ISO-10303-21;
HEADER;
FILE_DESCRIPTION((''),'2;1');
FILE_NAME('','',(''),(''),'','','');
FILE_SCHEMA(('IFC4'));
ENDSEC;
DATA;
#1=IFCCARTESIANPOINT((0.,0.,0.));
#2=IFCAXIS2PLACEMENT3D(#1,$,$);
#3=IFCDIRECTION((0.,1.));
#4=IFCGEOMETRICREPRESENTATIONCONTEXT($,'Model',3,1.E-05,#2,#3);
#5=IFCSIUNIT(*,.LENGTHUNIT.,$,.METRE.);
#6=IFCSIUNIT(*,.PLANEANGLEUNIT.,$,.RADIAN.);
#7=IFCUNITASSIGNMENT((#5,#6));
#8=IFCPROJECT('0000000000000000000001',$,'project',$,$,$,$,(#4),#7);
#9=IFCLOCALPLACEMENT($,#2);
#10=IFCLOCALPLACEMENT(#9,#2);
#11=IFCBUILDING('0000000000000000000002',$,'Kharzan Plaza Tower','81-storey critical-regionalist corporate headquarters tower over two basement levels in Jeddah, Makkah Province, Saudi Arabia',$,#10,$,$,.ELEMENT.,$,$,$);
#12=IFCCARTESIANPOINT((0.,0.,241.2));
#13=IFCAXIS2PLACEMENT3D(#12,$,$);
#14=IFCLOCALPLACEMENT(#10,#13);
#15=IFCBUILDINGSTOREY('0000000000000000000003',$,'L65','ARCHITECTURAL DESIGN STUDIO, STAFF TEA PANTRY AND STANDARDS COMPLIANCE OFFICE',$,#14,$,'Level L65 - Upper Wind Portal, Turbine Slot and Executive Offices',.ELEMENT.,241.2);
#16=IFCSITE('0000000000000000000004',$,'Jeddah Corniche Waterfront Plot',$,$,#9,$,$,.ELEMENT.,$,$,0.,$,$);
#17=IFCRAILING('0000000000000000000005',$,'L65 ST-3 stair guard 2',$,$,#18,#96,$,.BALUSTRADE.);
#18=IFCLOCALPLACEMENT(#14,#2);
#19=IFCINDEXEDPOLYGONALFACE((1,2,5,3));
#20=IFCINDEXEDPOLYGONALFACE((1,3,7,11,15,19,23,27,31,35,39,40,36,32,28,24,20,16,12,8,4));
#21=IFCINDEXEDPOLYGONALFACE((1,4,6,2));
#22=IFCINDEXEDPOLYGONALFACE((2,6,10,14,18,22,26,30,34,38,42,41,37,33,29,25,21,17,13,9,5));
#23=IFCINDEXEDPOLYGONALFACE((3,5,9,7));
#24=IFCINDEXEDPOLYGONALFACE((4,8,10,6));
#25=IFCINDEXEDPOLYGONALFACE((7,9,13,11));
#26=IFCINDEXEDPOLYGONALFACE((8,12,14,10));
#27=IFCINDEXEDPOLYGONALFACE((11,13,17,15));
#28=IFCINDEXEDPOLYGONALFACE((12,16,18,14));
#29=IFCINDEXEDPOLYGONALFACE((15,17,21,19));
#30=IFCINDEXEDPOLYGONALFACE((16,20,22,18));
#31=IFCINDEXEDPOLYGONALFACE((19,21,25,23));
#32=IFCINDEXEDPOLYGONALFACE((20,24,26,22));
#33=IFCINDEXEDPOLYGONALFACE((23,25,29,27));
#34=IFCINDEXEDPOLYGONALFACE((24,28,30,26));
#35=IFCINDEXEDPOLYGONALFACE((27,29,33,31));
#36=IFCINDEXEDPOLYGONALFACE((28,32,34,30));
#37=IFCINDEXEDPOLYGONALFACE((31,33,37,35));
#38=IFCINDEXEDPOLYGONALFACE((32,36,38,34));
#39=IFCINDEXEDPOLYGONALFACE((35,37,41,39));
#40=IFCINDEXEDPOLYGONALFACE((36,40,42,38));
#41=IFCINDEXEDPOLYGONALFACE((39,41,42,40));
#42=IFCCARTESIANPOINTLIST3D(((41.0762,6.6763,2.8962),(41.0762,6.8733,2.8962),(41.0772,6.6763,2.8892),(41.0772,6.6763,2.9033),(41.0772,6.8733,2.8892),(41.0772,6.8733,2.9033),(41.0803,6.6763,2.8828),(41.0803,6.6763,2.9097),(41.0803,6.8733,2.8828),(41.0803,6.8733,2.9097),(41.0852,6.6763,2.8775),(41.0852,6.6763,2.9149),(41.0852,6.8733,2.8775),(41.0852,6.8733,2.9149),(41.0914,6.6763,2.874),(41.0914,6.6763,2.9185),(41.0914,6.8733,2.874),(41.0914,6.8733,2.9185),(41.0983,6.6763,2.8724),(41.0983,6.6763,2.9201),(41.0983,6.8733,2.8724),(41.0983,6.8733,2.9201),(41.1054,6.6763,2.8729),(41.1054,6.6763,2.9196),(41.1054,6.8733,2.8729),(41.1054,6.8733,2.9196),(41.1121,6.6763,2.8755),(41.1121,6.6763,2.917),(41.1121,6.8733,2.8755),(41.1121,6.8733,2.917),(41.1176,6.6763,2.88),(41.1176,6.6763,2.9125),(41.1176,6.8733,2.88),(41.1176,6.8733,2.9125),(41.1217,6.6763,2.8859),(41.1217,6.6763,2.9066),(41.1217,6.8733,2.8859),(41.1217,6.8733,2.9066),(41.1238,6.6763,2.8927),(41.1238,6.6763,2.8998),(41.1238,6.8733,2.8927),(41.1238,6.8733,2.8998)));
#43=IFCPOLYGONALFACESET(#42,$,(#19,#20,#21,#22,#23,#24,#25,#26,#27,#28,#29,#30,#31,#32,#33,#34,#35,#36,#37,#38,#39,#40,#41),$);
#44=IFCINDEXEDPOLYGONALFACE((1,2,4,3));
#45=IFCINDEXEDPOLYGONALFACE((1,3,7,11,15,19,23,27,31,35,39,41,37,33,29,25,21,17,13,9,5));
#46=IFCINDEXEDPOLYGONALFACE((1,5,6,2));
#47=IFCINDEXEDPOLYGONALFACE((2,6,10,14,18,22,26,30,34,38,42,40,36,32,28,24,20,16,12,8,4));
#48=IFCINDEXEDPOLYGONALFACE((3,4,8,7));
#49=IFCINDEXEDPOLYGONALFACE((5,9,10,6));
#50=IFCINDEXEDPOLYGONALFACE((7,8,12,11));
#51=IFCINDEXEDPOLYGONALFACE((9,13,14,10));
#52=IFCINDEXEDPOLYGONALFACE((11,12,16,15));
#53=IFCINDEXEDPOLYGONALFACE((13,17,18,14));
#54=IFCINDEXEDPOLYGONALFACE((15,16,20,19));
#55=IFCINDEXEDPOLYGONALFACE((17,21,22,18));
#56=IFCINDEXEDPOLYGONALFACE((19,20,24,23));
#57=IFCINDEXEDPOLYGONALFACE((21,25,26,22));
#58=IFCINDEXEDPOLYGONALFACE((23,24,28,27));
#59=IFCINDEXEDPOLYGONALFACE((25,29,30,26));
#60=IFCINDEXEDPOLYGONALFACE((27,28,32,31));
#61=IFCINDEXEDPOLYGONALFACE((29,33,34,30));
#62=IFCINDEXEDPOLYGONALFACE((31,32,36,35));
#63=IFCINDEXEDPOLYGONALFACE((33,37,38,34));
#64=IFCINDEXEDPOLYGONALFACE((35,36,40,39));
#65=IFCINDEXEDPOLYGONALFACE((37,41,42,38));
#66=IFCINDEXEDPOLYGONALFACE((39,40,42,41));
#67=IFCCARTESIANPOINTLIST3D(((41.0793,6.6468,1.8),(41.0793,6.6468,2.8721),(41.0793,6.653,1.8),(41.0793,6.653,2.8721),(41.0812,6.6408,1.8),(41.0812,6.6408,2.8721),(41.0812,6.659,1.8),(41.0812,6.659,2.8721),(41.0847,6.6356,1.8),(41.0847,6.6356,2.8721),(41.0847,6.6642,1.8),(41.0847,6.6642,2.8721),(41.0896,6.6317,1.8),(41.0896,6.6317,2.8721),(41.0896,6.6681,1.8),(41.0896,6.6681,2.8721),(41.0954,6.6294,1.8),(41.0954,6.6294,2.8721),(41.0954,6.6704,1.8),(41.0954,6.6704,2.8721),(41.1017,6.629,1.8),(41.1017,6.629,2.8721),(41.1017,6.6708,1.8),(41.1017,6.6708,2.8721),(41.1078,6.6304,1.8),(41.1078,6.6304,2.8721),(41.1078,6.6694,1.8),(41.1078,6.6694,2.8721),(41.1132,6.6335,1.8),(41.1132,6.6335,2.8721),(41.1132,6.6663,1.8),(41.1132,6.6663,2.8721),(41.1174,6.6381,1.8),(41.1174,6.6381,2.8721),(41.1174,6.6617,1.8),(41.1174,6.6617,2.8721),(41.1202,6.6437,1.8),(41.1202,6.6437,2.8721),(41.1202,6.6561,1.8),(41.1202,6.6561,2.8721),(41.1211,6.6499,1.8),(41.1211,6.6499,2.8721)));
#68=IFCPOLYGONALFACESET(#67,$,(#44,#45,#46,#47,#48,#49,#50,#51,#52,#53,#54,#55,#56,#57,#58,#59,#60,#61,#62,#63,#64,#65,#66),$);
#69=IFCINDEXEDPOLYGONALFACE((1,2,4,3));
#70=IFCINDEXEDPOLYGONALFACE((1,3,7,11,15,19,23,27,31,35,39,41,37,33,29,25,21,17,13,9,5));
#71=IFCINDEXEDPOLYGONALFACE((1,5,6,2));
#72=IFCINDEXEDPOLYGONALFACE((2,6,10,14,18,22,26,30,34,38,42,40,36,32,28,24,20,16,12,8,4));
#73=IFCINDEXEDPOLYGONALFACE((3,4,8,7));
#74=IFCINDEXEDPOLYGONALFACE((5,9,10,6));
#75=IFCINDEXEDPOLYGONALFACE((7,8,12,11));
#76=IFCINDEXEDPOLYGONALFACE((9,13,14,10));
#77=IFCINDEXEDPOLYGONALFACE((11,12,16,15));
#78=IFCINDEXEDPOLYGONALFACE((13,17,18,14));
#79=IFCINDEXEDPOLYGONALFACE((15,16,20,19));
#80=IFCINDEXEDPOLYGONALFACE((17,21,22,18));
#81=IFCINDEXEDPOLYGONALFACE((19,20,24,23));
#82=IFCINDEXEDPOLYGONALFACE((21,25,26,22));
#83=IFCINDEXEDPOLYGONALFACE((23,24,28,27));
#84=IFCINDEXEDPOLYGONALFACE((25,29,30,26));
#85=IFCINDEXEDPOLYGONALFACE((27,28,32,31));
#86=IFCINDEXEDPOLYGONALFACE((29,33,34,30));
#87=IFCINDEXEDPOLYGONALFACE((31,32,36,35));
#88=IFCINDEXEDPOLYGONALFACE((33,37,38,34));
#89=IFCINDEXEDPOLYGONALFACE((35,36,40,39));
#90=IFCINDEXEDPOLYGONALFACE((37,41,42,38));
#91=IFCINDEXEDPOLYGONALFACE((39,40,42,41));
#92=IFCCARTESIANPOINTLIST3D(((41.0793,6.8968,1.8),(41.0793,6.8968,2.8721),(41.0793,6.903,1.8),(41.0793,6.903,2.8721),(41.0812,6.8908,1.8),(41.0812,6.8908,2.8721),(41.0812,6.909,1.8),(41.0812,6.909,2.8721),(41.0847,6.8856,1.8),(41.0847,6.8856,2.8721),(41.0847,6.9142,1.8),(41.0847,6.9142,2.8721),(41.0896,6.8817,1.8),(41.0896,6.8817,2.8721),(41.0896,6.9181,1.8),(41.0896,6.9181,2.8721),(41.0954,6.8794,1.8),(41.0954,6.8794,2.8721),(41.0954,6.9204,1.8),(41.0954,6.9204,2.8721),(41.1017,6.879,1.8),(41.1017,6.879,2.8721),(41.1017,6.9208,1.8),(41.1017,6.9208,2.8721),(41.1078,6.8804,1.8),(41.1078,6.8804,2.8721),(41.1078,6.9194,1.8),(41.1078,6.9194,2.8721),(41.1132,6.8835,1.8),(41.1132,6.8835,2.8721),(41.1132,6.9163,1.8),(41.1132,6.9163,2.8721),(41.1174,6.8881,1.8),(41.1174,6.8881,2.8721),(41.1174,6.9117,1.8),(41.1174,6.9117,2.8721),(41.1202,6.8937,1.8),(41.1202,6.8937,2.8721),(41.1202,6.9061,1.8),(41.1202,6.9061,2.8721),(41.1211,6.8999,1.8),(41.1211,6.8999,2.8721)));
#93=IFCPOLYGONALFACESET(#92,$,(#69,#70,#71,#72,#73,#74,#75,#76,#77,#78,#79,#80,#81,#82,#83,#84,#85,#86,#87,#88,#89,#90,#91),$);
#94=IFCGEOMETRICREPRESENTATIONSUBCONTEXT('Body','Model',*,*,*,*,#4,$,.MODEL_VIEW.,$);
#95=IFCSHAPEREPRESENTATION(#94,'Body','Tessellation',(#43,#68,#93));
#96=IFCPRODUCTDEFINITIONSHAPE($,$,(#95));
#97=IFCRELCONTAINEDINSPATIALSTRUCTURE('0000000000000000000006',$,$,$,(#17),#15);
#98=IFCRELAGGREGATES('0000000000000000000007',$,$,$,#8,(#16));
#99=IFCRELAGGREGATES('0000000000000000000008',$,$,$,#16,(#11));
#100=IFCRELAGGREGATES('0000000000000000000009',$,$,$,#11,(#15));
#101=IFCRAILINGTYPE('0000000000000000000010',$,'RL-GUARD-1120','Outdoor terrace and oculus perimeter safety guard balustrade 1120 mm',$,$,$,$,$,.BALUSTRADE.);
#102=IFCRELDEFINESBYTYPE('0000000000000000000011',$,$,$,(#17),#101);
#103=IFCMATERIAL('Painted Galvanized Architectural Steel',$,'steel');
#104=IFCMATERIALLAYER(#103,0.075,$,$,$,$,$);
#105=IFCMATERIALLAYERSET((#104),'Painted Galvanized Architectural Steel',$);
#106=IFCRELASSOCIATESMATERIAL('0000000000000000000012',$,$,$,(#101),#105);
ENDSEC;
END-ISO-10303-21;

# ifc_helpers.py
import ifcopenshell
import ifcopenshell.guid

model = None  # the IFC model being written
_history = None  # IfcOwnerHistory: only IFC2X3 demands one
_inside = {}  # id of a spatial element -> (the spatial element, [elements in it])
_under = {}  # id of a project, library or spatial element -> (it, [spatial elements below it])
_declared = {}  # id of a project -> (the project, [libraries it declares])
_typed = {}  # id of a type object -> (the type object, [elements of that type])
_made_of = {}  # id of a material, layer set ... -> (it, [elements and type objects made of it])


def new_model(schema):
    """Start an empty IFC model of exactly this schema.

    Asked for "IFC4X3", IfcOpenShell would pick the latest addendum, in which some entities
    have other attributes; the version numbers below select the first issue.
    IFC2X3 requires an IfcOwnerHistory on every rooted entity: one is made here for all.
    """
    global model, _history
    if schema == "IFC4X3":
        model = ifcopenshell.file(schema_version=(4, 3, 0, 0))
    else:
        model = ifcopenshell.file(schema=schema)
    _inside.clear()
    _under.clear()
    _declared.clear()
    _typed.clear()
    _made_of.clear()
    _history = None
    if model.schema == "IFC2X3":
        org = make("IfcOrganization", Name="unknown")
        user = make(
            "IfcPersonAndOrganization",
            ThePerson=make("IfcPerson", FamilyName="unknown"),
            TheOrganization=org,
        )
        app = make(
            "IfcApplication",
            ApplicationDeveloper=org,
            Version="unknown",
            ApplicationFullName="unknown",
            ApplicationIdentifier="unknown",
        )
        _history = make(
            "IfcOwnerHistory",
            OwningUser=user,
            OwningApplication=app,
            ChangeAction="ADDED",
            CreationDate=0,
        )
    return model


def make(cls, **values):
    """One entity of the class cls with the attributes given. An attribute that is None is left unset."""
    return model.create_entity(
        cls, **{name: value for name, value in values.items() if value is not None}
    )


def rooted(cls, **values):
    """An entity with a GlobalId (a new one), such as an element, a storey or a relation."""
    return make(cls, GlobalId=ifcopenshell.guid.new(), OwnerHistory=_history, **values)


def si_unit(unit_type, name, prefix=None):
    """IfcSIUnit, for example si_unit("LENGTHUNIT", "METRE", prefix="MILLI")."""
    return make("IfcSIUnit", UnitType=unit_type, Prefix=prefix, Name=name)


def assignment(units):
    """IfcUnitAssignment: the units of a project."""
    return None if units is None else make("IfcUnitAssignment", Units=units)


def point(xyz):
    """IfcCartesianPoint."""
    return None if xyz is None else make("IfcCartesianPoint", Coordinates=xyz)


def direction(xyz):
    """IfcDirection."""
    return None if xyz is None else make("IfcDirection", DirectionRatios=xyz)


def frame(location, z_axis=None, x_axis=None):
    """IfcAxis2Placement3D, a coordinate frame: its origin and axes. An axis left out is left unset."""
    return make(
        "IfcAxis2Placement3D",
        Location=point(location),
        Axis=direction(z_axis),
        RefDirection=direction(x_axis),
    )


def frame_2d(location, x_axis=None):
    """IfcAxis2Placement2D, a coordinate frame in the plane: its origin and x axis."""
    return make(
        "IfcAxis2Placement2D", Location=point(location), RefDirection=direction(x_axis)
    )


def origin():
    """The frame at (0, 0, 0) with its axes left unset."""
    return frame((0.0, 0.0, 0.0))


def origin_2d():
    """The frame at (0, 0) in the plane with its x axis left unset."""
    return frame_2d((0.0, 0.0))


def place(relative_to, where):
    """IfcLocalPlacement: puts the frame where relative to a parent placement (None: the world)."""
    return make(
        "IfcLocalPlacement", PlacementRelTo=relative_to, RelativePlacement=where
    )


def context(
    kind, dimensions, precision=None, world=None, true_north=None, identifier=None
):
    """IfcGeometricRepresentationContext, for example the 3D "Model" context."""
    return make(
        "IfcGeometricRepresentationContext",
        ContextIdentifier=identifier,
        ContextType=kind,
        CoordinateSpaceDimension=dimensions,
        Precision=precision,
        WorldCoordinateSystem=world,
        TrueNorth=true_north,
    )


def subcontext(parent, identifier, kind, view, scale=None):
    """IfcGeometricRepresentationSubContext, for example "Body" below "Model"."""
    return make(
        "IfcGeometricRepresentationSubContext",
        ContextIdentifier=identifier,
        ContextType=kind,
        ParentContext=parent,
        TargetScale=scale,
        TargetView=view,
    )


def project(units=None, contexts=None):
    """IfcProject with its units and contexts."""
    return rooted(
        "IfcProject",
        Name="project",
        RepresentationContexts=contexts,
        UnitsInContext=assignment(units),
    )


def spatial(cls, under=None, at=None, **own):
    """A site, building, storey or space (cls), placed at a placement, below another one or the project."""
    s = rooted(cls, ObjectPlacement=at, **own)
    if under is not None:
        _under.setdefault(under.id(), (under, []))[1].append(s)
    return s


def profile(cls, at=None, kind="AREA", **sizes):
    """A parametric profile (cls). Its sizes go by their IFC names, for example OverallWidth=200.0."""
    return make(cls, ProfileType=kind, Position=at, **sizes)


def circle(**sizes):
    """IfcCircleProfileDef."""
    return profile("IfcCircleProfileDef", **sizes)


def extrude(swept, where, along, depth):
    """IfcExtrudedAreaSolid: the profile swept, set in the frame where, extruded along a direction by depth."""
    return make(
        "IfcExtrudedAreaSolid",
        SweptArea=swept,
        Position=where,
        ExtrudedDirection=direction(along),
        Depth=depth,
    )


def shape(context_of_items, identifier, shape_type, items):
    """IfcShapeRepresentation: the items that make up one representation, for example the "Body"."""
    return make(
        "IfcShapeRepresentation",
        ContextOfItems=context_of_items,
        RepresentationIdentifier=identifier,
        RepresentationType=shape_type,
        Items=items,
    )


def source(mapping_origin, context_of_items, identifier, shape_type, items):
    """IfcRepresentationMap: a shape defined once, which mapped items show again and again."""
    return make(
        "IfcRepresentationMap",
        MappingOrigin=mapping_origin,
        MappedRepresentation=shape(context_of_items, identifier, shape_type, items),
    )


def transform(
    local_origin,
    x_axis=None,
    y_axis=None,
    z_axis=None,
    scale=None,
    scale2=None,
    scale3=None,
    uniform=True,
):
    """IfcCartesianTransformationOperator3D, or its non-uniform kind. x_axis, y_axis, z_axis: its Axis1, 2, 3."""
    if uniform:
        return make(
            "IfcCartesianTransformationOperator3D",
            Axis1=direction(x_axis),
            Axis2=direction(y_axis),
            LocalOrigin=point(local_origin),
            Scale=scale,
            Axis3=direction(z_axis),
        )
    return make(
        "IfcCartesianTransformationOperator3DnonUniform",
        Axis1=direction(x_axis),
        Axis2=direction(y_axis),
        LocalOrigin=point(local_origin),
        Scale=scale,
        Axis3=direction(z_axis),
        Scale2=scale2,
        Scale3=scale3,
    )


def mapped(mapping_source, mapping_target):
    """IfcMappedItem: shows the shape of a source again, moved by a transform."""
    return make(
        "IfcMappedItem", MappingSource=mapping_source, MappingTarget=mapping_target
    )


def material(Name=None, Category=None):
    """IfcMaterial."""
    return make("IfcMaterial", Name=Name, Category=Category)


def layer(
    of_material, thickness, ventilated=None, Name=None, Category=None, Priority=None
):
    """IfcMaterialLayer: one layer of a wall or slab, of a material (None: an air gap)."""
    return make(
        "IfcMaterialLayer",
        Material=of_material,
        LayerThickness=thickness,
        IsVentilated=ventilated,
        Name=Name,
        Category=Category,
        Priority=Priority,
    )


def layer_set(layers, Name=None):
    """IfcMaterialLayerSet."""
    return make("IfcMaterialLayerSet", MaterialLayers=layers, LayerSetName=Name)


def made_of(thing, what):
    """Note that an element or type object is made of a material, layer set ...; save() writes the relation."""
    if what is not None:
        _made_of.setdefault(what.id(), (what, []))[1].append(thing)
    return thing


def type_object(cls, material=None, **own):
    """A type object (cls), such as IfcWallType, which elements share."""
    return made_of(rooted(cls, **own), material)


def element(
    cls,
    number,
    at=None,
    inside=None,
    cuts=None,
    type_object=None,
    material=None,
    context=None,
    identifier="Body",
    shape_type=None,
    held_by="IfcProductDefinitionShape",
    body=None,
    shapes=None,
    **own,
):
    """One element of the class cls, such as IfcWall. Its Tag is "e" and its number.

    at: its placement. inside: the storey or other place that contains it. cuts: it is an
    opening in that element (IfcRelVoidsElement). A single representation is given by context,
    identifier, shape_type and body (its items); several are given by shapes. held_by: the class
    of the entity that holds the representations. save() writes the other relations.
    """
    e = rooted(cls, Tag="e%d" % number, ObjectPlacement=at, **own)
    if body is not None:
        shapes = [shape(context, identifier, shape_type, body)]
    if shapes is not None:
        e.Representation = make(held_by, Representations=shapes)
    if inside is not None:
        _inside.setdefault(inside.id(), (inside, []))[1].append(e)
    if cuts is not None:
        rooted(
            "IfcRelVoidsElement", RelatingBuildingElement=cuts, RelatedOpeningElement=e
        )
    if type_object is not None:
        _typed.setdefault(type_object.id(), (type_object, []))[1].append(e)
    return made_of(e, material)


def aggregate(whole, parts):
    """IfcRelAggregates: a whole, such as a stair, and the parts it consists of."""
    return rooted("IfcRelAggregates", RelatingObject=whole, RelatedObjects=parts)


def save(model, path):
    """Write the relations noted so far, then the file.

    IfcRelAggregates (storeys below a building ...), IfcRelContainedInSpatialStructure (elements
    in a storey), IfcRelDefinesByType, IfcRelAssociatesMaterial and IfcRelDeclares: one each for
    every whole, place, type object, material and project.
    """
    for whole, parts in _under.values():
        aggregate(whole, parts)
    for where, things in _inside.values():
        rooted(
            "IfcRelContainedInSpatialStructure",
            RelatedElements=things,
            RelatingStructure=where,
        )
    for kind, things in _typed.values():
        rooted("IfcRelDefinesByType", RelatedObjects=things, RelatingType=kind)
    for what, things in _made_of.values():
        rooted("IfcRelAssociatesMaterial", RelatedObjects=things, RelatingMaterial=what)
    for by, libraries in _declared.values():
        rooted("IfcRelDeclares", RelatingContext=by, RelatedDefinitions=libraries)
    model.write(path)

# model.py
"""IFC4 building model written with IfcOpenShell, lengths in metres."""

from ifc_helpers import new_model, si_unit, direction, frame, origin, origin_2d, place, context, subcontext, project, spatial, circle, extrude, source, transform, mapped, material, layer, layer_set, type_object, element, save


model = new_model("IFC4")

# Units and contexts
model_context = context("Model", 3, precision=1e-05, world=origin(), true_north=direction((0.0, 1.0)))
body_context = subcontext(model_context, "Body", "Model", "MODEL_VIEW")
ifc_project = project(units=[si_unit("LENGTHUNIT", "METRE"), si_unit("PLANEANGLEUNIT", "RADIAN")], contexts=[model_context])

# Site, building, storey
site_placement = place(None, origin())
site = spatial("IfcSite", under=ifc_project, at=site_placement, Name="Jeddah Corniche Waterfront Plot", CompositionType="ELEMENT", RefElevation=0.0)
building_placement = place(site_placement, origin())
building = spatial("IfcBuilding", under=site, at=building_placement, Name="Kharzan Plaza Tower", Description="81-storey critical-regionalist corporate headquarters tower over two basement levels in Jeddah, Makkah Province, Saudi Arabia", CompositionType="ELEMENT")
storey_placement = place(building_placement, frame((0.0, 0.0, 241.2)))
storey = spatial("IfcBuildingStorey", under=building, at=storey_placement, Name="L65", Description="ARCHITECTURAL DESIGN STUDIO, STAFF TEA PANTRY AND STANDARDS COMPLIANCE OFFICE", LongName="Level L65 - Upper Wind Portal, Turbine Slot and Executive Offices", CompositionType="ELEMENT", Elevation=241.2)

# Railing
ifc_material_1 = material(Name="Painted Galvanized Architectural Steel", Category="steel")
ifc_layer_1 = layer(ifc_material_1, 0.075)
ifc_layer_set_1 = layer_set([ifc_layer_1], Name="Painted Galvanized Architectural Steel")
railing_type_1 = type_object("IfcRailingType", Name="RL-GUARD-1120", Description="Outdoor terrace and oculus perimeter safety guard balustrade 1120 mm", PredefinedType="BALUSTRADE", material=ifc_layer_set_1)
shared_shape_1 = source(origin(), body_context, "Body", "SweptSolid", [
    extrude(circle(Radius=0.0239, at=origin_2d()), frame((0.0, 0.0264, 1.0962), z_axis=(0.0, 1.0, 0.0), x_axis=(-1.0, 0.0, 0.0)), (0.0, 0.0, 1.0), 0.197),
    extrude(circle(Radius=0.021, at=origin_2d()), origin(), (0.0, 0.0, 1.0), 1.072),
    extrude(circle(Radius=0.021, at=origin_2d()), frame((0.0, 0.25, 0.0)), (0.0, 0.0, 1.0), 1.072),
])
railing_1_placement = place(storey_placement, frame((41.1001, 6.6499, 1.8)))
element("IfcRailing", 1, at=railing_1_placement, inside=storey, type_object=railing_type_1, Name="L65 ST-3 stair guard 2", PredefinedType="BALUSTRADE", context=body_context, shape_type="MappedRepresentation", body=[
    mapped(shared_shape_1, transform((0.0, 0.0, 0.0), x_axis=(1.0, 0.0, 0.0), y_axis=(0.0, 1.0, 0.0), z_axis=(0.0, 0.0, 1.0))),
])

save(model, "model.ifc")
